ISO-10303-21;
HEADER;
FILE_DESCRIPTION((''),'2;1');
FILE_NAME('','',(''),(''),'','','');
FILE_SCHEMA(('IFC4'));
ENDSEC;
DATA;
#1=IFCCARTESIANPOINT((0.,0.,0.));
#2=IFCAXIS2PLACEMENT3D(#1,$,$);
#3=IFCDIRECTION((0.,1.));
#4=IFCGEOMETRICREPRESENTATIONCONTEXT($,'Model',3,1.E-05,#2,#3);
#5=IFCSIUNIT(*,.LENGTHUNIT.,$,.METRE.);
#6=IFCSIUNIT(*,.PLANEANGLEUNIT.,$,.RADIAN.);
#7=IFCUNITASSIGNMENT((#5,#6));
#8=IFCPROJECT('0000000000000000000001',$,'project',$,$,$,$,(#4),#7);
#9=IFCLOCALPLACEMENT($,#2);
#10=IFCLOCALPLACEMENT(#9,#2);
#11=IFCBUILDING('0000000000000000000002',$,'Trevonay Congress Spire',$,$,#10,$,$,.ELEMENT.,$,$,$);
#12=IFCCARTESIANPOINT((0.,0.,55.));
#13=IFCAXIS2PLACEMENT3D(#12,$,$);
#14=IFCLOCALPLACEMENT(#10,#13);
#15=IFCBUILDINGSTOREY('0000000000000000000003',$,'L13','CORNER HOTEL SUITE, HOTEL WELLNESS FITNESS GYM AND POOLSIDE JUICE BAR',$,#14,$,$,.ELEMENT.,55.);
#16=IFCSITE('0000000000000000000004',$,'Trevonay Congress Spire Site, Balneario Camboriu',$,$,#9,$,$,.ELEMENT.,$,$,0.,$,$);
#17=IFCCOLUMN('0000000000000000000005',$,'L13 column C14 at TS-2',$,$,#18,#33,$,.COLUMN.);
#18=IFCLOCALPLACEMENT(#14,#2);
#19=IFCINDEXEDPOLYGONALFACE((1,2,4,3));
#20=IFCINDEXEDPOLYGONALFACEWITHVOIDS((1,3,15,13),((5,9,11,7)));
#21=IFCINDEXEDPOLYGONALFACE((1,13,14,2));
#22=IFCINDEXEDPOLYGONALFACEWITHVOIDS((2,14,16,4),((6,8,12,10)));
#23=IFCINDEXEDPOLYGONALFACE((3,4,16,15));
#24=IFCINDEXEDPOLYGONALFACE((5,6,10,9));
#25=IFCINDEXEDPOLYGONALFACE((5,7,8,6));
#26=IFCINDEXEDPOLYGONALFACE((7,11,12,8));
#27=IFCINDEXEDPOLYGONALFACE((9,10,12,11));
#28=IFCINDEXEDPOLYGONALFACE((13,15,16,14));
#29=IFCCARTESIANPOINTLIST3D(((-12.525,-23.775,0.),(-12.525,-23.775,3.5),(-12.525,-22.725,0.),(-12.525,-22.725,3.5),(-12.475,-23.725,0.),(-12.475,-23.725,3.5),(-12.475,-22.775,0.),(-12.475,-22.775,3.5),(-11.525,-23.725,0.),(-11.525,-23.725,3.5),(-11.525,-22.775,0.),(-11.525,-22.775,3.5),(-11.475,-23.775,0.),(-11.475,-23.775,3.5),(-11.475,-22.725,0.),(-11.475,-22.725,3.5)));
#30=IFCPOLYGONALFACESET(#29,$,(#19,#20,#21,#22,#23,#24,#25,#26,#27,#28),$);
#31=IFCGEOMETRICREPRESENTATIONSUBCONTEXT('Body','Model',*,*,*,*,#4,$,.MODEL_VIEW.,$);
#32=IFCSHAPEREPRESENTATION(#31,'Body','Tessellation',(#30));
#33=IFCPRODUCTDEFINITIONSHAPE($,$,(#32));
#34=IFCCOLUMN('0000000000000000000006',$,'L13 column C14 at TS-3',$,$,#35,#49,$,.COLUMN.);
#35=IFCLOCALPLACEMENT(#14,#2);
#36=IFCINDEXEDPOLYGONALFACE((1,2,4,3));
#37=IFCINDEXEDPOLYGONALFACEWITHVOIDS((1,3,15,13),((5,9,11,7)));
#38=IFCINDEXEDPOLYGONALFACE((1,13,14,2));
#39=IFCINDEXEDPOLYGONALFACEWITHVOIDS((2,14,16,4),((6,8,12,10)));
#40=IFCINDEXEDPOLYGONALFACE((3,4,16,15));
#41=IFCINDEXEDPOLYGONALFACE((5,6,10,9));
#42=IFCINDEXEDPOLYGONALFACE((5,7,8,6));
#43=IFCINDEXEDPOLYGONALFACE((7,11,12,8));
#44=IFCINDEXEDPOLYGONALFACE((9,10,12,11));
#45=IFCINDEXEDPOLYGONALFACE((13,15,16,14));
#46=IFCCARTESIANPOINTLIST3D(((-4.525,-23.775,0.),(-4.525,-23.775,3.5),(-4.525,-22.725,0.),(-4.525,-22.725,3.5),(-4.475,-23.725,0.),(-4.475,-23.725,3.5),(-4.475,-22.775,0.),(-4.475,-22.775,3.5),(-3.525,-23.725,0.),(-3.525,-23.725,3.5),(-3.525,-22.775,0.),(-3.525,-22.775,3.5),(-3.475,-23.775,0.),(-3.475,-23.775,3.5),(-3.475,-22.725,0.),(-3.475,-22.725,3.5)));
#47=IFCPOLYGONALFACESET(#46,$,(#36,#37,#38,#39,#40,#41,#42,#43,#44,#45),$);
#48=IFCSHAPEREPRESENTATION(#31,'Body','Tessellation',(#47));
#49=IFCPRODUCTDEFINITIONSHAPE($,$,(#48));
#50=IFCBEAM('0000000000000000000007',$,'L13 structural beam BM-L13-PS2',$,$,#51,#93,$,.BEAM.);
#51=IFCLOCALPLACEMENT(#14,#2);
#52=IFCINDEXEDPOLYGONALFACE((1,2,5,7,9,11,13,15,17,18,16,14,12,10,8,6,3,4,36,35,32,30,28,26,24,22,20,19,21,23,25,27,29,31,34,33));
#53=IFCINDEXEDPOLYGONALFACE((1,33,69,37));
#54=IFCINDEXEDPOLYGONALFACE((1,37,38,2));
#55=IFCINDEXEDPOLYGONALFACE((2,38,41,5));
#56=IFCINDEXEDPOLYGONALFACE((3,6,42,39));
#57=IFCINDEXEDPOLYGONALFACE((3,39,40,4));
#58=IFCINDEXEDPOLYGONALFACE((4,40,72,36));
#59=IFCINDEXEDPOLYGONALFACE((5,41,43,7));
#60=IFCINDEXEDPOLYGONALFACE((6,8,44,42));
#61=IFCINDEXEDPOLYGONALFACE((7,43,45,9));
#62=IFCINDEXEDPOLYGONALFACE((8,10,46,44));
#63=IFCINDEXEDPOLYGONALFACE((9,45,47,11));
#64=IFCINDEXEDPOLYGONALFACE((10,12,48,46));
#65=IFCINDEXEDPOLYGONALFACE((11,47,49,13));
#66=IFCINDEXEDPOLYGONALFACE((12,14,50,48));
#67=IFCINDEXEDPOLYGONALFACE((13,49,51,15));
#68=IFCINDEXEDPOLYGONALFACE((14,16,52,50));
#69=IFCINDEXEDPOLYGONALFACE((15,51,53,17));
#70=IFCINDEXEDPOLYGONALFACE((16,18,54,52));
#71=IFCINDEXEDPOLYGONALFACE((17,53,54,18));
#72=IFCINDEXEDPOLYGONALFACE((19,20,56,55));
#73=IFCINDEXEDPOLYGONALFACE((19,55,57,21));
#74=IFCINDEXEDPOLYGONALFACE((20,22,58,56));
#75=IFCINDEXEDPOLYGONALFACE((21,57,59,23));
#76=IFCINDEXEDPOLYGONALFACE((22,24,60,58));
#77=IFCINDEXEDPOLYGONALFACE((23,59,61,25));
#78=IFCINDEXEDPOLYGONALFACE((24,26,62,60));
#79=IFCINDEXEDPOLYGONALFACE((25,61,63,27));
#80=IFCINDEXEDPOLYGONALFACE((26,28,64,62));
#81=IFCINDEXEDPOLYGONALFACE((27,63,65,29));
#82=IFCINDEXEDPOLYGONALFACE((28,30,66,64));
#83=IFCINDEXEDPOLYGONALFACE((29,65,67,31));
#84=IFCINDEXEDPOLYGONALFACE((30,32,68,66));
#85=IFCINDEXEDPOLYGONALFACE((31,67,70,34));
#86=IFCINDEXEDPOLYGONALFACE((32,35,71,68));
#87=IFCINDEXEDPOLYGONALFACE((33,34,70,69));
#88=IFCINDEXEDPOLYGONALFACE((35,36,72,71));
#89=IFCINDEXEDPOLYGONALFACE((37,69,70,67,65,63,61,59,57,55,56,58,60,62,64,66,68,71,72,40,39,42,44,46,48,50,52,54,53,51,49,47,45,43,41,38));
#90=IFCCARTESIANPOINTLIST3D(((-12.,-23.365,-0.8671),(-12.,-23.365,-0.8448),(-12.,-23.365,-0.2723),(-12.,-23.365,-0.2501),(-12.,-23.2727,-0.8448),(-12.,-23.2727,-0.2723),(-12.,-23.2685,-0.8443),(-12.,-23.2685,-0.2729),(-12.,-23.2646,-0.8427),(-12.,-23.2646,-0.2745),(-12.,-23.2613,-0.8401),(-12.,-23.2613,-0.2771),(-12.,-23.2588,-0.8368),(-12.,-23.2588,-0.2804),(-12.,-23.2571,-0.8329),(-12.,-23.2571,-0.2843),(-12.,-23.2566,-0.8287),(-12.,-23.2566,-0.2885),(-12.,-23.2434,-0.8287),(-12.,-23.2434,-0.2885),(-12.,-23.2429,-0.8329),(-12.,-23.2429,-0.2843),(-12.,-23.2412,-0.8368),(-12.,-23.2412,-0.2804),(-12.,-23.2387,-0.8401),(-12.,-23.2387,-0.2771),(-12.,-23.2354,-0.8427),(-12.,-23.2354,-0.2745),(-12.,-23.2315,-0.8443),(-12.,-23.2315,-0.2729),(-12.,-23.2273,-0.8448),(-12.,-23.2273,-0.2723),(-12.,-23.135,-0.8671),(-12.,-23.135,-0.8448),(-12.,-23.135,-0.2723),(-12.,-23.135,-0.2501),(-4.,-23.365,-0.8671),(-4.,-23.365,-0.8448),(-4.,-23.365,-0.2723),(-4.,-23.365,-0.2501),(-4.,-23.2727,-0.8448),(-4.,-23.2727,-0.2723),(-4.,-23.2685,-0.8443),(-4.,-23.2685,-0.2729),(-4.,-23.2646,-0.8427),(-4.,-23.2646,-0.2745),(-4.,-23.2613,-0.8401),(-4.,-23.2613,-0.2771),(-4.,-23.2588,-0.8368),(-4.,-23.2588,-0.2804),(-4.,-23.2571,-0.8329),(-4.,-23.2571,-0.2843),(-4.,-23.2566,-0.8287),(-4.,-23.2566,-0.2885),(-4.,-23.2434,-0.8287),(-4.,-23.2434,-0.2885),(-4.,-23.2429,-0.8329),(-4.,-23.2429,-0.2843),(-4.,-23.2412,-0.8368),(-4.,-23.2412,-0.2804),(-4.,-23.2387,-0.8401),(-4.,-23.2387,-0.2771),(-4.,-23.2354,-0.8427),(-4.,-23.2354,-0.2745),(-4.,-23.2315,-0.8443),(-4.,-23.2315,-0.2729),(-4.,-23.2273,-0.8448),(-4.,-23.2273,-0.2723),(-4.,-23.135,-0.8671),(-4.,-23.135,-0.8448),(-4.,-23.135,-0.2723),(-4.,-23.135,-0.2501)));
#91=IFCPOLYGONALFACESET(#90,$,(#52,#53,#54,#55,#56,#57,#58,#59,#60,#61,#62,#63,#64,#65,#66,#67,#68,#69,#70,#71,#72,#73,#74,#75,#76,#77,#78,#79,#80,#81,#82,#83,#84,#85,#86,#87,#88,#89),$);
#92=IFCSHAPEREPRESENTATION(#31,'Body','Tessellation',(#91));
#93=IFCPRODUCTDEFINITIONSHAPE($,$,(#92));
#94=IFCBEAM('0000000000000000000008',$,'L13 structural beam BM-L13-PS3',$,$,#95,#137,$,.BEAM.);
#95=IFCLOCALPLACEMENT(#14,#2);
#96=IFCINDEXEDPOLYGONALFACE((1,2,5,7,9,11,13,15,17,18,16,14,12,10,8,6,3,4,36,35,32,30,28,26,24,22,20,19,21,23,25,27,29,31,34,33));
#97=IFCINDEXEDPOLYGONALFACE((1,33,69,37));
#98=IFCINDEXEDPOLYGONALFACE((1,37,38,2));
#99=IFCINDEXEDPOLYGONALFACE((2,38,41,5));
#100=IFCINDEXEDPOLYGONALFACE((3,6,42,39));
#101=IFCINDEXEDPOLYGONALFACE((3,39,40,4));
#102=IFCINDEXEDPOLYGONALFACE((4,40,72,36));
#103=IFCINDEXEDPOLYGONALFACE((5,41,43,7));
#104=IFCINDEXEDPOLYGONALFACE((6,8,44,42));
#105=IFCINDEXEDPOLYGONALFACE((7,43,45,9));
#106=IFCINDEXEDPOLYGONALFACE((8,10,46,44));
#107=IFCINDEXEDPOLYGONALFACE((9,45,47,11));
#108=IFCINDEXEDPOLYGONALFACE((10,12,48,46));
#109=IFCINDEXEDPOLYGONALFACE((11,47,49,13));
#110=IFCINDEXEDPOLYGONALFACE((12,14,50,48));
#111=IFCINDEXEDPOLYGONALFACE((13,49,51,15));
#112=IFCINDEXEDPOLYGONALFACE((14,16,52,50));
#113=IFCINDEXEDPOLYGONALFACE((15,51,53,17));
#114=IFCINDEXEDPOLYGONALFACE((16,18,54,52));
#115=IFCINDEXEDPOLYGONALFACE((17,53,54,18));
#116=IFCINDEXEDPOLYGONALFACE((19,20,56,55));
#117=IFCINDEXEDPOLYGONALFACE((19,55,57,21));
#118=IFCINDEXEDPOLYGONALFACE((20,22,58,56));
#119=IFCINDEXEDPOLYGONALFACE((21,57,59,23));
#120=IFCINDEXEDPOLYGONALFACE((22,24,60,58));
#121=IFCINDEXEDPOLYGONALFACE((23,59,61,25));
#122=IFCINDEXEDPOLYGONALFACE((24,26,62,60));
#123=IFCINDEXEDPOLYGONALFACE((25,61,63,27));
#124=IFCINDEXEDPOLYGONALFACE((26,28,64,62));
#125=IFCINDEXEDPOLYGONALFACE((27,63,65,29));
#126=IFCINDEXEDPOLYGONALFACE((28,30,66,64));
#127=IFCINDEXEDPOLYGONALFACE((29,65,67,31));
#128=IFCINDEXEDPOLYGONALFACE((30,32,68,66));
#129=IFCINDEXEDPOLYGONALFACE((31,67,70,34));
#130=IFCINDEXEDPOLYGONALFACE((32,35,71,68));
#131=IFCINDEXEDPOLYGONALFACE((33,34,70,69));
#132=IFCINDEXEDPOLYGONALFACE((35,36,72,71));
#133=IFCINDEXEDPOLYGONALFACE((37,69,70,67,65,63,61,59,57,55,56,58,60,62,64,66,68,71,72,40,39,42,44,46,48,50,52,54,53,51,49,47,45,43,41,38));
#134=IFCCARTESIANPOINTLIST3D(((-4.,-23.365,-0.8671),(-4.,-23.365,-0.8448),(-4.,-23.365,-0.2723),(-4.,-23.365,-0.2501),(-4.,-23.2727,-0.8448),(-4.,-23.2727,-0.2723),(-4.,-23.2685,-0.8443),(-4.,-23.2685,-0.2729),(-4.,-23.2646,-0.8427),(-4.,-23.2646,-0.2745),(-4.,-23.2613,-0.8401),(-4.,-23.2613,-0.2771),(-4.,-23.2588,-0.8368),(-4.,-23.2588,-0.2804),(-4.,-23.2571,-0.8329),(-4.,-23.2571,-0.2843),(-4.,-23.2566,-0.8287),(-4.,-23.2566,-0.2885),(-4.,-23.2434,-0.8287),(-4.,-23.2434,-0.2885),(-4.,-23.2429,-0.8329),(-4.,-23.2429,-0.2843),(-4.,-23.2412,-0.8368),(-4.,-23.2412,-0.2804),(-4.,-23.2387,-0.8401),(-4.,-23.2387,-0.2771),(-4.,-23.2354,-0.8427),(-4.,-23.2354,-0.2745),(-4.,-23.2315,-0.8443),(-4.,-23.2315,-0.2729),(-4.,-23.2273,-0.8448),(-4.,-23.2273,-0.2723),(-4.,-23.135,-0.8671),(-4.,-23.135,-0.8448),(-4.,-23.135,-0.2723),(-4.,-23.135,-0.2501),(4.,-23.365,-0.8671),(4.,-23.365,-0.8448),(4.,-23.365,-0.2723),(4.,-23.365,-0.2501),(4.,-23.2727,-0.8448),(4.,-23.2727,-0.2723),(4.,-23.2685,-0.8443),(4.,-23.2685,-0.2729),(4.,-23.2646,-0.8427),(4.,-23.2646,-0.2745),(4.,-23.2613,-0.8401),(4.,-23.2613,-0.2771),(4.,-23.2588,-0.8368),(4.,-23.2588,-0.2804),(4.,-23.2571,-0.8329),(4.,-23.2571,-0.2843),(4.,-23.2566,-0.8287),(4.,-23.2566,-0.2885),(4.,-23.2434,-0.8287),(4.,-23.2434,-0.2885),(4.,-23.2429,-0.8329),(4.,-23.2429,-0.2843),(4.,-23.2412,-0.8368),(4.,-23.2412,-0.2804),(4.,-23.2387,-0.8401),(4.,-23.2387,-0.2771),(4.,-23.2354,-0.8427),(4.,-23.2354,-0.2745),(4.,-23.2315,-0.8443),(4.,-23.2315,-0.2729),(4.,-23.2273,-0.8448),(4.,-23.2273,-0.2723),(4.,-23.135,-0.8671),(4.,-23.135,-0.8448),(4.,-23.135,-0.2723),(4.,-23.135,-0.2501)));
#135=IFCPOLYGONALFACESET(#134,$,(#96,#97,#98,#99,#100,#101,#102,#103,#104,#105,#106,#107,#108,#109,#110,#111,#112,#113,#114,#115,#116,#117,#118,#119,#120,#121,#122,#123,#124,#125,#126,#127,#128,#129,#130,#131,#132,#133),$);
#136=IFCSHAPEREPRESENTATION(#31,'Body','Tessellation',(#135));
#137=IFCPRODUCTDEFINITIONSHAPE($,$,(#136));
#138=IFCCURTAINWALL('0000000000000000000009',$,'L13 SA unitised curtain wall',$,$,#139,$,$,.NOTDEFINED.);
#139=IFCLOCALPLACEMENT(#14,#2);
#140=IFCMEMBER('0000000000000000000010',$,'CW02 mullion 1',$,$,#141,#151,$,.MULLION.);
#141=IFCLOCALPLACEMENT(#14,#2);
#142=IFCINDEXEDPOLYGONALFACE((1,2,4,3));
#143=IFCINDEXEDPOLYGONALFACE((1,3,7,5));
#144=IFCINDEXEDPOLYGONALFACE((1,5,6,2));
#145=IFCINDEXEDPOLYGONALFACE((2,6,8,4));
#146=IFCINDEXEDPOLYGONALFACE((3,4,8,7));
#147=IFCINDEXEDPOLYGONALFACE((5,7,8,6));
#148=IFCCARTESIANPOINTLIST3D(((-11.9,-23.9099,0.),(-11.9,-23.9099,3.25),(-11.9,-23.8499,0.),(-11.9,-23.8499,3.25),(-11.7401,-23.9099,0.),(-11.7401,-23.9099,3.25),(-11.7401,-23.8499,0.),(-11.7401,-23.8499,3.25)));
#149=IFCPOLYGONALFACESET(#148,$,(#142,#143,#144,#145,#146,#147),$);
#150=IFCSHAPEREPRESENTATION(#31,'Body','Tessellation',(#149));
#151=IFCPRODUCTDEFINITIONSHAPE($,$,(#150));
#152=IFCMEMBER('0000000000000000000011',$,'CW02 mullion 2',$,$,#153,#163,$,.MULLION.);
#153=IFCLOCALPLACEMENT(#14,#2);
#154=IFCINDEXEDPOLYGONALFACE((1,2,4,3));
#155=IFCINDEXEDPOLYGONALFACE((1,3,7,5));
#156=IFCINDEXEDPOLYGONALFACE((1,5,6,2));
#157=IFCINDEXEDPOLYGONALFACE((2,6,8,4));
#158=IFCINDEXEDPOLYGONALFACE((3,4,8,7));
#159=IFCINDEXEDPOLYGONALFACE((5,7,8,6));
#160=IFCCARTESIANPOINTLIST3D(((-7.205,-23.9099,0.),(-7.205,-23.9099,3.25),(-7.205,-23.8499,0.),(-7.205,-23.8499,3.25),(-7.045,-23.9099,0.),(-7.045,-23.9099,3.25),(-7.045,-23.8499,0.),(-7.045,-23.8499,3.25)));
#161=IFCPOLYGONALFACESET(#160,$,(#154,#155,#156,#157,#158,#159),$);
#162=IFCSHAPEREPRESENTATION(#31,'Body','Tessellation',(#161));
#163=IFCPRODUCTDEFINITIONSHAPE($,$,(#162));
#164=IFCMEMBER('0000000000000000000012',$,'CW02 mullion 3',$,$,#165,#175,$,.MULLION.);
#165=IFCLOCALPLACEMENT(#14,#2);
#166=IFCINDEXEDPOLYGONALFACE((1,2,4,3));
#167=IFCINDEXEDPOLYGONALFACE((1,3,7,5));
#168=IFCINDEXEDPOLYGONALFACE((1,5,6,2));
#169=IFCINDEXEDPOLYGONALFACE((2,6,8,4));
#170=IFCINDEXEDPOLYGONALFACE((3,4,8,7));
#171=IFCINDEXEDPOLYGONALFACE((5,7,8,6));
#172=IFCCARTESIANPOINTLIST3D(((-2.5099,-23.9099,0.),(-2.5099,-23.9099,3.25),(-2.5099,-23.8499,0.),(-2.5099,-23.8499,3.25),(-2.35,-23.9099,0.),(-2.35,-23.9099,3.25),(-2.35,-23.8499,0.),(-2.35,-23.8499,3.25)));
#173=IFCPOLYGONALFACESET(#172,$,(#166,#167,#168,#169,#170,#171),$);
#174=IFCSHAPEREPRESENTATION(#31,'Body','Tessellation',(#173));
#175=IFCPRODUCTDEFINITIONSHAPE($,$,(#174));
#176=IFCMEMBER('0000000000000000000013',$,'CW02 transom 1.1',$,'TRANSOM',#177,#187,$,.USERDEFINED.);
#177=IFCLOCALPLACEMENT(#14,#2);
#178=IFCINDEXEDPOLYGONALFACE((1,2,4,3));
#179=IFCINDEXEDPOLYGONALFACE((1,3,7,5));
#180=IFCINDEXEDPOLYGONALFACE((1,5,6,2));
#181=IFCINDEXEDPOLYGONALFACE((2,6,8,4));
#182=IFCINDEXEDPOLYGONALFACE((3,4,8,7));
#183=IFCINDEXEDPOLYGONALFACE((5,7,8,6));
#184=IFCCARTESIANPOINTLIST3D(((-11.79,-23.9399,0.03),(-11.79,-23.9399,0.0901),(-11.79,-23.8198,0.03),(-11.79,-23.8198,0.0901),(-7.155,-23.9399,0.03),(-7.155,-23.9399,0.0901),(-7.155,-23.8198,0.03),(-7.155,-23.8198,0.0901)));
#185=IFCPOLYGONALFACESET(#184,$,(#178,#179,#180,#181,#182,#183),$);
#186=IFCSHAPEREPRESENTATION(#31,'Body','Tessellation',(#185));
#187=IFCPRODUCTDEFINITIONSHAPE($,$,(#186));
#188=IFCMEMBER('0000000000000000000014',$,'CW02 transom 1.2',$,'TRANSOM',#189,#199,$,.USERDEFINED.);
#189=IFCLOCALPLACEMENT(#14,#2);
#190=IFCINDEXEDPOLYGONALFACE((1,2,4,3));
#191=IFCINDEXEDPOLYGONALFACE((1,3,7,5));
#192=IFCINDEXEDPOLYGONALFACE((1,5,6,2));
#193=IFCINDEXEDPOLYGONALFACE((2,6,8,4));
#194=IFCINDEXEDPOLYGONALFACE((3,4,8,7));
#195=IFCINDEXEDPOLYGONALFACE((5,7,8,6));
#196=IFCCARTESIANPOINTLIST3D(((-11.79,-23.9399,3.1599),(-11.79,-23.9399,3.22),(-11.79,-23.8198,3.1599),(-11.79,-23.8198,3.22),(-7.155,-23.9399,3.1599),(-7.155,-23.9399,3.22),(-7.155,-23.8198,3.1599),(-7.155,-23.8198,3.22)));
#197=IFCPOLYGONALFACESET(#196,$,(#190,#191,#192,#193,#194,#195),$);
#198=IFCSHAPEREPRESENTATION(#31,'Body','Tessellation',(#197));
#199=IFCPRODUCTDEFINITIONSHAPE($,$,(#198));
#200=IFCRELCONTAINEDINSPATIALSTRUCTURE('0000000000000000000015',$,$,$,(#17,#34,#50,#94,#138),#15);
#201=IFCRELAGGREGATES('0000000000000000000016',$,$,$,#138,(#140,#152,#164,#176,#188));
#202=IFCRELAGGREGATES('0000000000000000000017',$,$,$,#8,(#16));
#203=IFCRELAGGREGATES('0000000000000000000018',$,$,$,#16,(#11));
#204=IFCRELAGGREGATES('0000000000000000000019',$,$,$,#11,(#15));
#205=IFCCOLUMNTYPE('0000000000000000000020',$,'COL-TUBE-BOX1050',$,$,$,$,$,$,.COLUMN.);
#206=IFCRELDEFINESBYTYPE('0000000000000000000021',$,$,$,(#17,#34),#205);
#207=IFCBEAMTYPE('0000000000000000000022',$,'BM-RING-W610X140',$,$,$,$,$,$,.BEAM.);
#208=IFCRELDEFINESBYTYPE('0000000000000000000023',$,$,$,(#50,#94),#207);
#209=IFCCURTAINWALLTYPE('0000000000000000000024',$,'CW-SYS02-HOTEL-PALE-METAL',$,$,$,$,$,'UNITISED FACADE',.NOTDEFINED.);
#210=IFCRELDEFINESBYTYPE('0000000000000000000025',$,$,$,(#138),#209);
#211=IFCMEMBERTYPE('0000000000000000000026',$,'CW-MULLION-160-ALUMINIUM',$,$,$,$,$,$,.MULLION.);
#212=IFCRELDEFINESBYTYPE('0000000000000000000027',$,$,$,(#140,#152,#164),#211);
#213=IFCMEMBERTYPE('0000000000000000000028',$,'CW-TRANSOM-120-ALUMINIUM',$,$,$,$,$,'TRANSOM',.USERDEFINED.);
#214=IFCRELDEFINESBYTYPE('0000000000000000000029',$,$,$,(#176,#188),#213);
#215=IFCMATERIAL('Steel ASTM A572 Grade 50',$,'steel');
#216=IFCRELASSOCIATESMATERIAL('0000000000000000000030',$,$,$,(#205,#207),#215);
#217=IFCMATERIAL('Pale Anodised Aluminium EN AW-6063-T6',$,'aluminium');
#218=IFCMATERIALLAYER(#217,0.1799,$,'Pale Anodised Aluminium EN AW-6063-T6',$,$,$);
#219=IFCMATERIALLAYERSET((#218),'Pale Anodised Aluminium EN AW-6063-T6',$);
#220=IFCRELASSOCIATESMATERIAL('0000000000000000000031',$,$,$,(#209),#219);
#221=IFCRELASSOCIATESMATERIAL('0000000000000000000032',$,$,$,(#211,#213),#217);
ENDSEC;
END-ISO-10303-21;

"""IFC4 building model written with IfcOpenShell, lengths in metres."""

from ifc_helpers import new_model, si_unit, direction, frame, origin, origin_2d, place, context, subcontext, project, spatial, rectangle, hollow_rectangle, i_section, extrude, material, layer, layer_set, material_profile, profile_set, type_object, element, aggregate, save


model = new_model("IFC4")

# Units and contexts
model_context = context("Model", 3, precision=1e-05, world=origin(), true_north=direction((0.0, 1.0)))
body_context = subcontext(model_context, "Body", "Model", "MODEL_VIEW")
ifc_project = project(units=[si_unit("LENGTHUNIT", "METRE"), si_unit("PLANEANGLEUNIT", "RADIAN")], contexts=[model_context])

# Site, building, storey
site_placement = place(None, origin())
site = spatial("IfcSite", under=ifc_project, at=site_placement, Name="Trevonay Congress Spire Site, Balneario Camboriu", CompositionType="ELEMENT", RefElevation=0.0)
building_placement = place(site_placement, origin())
building = spatial("IfcBuilding", under=site, at=building_placement, Name="Trevonay Congress Spire", CompositionType="ELEMENT")
storey_placement = place(building_placement, frame((0.0, 0.0, 55.0)))
storey = spatial("IfcBuildingStorey", under=building, at=storey_placement, Name="L13", Description="CORNER HOTEL SUITE, HOTEL WELLNESS FITNESS GYM AND POOLSIDE JUICE BAR", CompositionType="ELEMENT", Elevation=55.0)

# Columns
ifc_material_1 = material(Name="Steel ASTM A572 Grade 50", Category="steel")
ifc_material_profile_1 = material_profile(ifc_material_1, hollow_rectangle(XDim=1.05, YDim=1.05, WallThickness=0.05, at=origin_2d()), Name="BOX 1050x1050x50")
ifc_profile_set_1 = profile_set([ifc_material_profile_1], Name="Steel ASTM A572 Grade 50")
column_type = type_object("IfcColumnType", Name="COL-TUBE-BOX1050", PredefinedType="COLUMN", material=ifc_profile_set_1)
for number, where, z_axis, x_axis, name in (
    (1, (-12.0, -23.25, 0.0), (0.0, 0.0, 1.0), (1.0, 0.0, 0.0), "L13 column C14 at TS-2"),
    (2, (-4.0, -23.25, 0.0), (0.0, 0.0, 1.0), (1.0, 0.0, 0.0), "L13 column C14 at TS-3"),
):
    element("IfcColumn", number, at=place(storey_placement, frame(where, z_axis=z_axis, x_axis=x_axis)), inside=storey, type_object=column_type, Name=name, PredefinedType="COLUMN", context=body_context, shape_type="SweptSolid", body=[
        extrude(hollow_rectangle(XDim=1.05, YDim=1.05, WallThickness=0.05, at=origin_2d()), origin(), (0.0, 0.0, 1.0), 3.5),
    ])

# Beams
ifc_material_profile_2 = material_profile(ifc_material_1, i_section(OverallWidth=0.23, OverallDepth=0.6169, WebThickness=0.0132, FlangeThickness=0.0222, FilletRadius=0.0161, at=origin_2d()), Name="W610x140")
ifc_profile_set_2 = profile_set([ifc_material_profile_2], Name="Steel ASTM A572 Grade 50")
beam_type_1 = type_object("IfcBeamType", Name="BM-RING-W610X140", PredefinedType="BEAM", material=ifc_profile_set_2)
for number, where, z_axis, x_axis, name in (
    (3, (-12.0, -23.25, -0.5586), (1.0, 0.0, 0.0), (0.0, 1.0, 0.0), "L13 structural beam BM-L13-PS2"),
    (4, (-4.0, -23.25, -0.5586), (1.0, 0.0, 0.0), (0.0, 1.0, 0.0), "L13 structural beam BM-L13-PS3"),
):
    element("IfcBeam", number, at=place(storey_placement, frame(where, z_axis=z_axis, x_axis=x_axis)), inside=storey, type_object=beam_type_1, Name=name, PredefinedType="BEAM", context=body_context, shape_type="SweptSolid", body=[
        extrude(i_section(OverallWidth=0.23, OverallDepth=0.6169, WebThickness=0.0132, FlangeThickness=0.0222, FilletRadius=0.0161, at=origin_2d()), origin(), (0.0, 0.0, 1.0), 8.0),
    ])

# Curtain wall, members
ifc_material_2 = material(Name="Pale Anodised Aluminium EN AW-6063-T6", Category="aluminium")
ifc_layer_1 = layer(ifc_material_2, 0.1799, Name="Pale Anodised Aluminium EN AW-6063-T6")
ifc_layer_set_1 = layer_set([ifc_layer_1], Name="Pale Anodised Aluminium EN AW-6063-T6")
curtain_wall_type = type_object("IfcCurtainWallType", Name="CW-SYS02-HOTEL-PALE-METAL", ElementType="UNITISED FACADE", PredefinedType="NOTDEFINED", material=ifc_layer_set_1)
curtain_wall_placement = place(storey_placement, origin())
curtain_wall = element("IfcCurtainWall", 5, at=curtain_wall_placement, inside=storey, type_object=curtain_wall_type, Name="L13 SA unitised curtain wall", PredefinedType="NOTDEFINED")
ifc_material_profile_3 = material_profile(ifc_material_2, rectangle(XDim=0.0601, YDim=0.1599, at=origin_2d()), Name="CW-MULLION-160-ALUMINIUM")
ifc_profile_set_3 = profile_set([ifc_material_profile_3], Name="Pale Anodised Aluminium EN AW-6063-T6")
member_type_1 = type_object("IfcMemberType", Name="CW-MULLION-160-ALUMINIUM", PredefinedType="MULLION", material=ifc_profile_set_3)
member_1_placement = place(storey_placement, frame((-11.8201, -23.8799, 0.0), z_axis=(0.0, 0.0, 1.0), x_axis=(0.0, 1.0, 0.0)))
member_1 = element("IfcMember", 6, at=member_1_placement, type_object=member_type_1, Name="CW02 mullion 1", PredefinedType="MULLION", context=body_context, shape_type="SweptSolid", body=[
    extrude(rectangle(XDim=0.0601, YDim=0.1599, at=origin_2d()), origin(), (0.0, 0.0, 1.0), 3.25),
])
member_2_placement = place(storey_placement, frame((-7.125, -23.8799, 0.0), z_axis=(0.0, 0.0, 1.0), x_axis=(0.0, 1.0, 0.0)))
member_2 = element("IfcMember", 7, at=member_2_placement, type_object=member_type_1, Name="CW02 mullion 2", PredefinedType="MULLION", context=body_context, shape_type="SweptSolid", body=[
    extrude(rectangle(XDim=0.0601, YDim=0.1599, at=origin_2d()), origin(), (0.0, 0.0, 1.0), 3.25),
])
member_3_placement = place(storey_placement, frame((-2.4299, -23.8799, 0.0), z_axis=(0.0, 0.0, 1.0), x_axis=(0.0, 1.0, 0.0)))
member_3 = element("IfcMember", 8, at=member_3_placement, type_object=member_type_1, Name="CW02 mullion 3", PredefinedType="MULLION", context=body_context, shape_type="SweptSolid", body=[
    extrude(rectangle(XDim=0.0601, YDim=0.1599, at=origin_2d()), origin(), (0.0, 0.0, 1.0), 3.25),
])
ifc_material_profile_4 = material_profile(ifc_material_2, rectangle(XDim=0.1201, YDim=0.0601, at=origin_2d()), Name="CW-TRANSOM-120-ALUMINIUM")
ifc_profile_set_4 = profile_set([ifc_material_profile_4], Name="Pale Anodised Aluminium EN AW-6063-T6")
member_type_2 = type_object("IfcMemberType", Name="CW-TRANSOM-120-ALUMINIUM", ElementType="TRANSOM", PredefinedType="USERDEFINED", material=ifc_profile_set_4)
member_4_placement = place(storey_placement, frame((-11.79, -23.8799, 0.0601), z_axis=(1.0, 0.0, 0.0), x_axis=(0.0, 1.0, 0.0)))
member_4 = element("IfcMember", 9, at=member_4_placement, type_object=member_type_2, Name="CW02 transom 1.1", ObjectType="TRANSOM", PredefinedType="USERDEFINED", context=body_context, shape_type="SweptSolid", body=[
    extrude(rectangle(XDim=0.1201, YDim=0.0601, at=origin_2d()), origin(), (0.0, 0.0, 1.0), 4.635),
])
member_5_placement = place(storey_placement, frame((-11.79, -23.8799, 3.1899), z_axis=(1.0, 0.0, 0.0), x_axis=(0.0, 1.0, 0.0)))
member_5 = element("IfcMember", 10, at=member_5_placement, type_object=member_type_2, Name="CW02 transom 1.2", ObjectType="TRANSOM", PredefinedType="USERDEFINED", context=body_context, shape_type="SweptSolid", body=[
    extrude(rectangle(XDim=0.1201, YDim=0.0601, at=origin_2d()), origin(), (0.0, 0.0, 1.0), 4.635),
])

aggregate(curtain_wall, [member_1, member_2, member_3, member_4, member_5])

save(model, "model.ifc")
